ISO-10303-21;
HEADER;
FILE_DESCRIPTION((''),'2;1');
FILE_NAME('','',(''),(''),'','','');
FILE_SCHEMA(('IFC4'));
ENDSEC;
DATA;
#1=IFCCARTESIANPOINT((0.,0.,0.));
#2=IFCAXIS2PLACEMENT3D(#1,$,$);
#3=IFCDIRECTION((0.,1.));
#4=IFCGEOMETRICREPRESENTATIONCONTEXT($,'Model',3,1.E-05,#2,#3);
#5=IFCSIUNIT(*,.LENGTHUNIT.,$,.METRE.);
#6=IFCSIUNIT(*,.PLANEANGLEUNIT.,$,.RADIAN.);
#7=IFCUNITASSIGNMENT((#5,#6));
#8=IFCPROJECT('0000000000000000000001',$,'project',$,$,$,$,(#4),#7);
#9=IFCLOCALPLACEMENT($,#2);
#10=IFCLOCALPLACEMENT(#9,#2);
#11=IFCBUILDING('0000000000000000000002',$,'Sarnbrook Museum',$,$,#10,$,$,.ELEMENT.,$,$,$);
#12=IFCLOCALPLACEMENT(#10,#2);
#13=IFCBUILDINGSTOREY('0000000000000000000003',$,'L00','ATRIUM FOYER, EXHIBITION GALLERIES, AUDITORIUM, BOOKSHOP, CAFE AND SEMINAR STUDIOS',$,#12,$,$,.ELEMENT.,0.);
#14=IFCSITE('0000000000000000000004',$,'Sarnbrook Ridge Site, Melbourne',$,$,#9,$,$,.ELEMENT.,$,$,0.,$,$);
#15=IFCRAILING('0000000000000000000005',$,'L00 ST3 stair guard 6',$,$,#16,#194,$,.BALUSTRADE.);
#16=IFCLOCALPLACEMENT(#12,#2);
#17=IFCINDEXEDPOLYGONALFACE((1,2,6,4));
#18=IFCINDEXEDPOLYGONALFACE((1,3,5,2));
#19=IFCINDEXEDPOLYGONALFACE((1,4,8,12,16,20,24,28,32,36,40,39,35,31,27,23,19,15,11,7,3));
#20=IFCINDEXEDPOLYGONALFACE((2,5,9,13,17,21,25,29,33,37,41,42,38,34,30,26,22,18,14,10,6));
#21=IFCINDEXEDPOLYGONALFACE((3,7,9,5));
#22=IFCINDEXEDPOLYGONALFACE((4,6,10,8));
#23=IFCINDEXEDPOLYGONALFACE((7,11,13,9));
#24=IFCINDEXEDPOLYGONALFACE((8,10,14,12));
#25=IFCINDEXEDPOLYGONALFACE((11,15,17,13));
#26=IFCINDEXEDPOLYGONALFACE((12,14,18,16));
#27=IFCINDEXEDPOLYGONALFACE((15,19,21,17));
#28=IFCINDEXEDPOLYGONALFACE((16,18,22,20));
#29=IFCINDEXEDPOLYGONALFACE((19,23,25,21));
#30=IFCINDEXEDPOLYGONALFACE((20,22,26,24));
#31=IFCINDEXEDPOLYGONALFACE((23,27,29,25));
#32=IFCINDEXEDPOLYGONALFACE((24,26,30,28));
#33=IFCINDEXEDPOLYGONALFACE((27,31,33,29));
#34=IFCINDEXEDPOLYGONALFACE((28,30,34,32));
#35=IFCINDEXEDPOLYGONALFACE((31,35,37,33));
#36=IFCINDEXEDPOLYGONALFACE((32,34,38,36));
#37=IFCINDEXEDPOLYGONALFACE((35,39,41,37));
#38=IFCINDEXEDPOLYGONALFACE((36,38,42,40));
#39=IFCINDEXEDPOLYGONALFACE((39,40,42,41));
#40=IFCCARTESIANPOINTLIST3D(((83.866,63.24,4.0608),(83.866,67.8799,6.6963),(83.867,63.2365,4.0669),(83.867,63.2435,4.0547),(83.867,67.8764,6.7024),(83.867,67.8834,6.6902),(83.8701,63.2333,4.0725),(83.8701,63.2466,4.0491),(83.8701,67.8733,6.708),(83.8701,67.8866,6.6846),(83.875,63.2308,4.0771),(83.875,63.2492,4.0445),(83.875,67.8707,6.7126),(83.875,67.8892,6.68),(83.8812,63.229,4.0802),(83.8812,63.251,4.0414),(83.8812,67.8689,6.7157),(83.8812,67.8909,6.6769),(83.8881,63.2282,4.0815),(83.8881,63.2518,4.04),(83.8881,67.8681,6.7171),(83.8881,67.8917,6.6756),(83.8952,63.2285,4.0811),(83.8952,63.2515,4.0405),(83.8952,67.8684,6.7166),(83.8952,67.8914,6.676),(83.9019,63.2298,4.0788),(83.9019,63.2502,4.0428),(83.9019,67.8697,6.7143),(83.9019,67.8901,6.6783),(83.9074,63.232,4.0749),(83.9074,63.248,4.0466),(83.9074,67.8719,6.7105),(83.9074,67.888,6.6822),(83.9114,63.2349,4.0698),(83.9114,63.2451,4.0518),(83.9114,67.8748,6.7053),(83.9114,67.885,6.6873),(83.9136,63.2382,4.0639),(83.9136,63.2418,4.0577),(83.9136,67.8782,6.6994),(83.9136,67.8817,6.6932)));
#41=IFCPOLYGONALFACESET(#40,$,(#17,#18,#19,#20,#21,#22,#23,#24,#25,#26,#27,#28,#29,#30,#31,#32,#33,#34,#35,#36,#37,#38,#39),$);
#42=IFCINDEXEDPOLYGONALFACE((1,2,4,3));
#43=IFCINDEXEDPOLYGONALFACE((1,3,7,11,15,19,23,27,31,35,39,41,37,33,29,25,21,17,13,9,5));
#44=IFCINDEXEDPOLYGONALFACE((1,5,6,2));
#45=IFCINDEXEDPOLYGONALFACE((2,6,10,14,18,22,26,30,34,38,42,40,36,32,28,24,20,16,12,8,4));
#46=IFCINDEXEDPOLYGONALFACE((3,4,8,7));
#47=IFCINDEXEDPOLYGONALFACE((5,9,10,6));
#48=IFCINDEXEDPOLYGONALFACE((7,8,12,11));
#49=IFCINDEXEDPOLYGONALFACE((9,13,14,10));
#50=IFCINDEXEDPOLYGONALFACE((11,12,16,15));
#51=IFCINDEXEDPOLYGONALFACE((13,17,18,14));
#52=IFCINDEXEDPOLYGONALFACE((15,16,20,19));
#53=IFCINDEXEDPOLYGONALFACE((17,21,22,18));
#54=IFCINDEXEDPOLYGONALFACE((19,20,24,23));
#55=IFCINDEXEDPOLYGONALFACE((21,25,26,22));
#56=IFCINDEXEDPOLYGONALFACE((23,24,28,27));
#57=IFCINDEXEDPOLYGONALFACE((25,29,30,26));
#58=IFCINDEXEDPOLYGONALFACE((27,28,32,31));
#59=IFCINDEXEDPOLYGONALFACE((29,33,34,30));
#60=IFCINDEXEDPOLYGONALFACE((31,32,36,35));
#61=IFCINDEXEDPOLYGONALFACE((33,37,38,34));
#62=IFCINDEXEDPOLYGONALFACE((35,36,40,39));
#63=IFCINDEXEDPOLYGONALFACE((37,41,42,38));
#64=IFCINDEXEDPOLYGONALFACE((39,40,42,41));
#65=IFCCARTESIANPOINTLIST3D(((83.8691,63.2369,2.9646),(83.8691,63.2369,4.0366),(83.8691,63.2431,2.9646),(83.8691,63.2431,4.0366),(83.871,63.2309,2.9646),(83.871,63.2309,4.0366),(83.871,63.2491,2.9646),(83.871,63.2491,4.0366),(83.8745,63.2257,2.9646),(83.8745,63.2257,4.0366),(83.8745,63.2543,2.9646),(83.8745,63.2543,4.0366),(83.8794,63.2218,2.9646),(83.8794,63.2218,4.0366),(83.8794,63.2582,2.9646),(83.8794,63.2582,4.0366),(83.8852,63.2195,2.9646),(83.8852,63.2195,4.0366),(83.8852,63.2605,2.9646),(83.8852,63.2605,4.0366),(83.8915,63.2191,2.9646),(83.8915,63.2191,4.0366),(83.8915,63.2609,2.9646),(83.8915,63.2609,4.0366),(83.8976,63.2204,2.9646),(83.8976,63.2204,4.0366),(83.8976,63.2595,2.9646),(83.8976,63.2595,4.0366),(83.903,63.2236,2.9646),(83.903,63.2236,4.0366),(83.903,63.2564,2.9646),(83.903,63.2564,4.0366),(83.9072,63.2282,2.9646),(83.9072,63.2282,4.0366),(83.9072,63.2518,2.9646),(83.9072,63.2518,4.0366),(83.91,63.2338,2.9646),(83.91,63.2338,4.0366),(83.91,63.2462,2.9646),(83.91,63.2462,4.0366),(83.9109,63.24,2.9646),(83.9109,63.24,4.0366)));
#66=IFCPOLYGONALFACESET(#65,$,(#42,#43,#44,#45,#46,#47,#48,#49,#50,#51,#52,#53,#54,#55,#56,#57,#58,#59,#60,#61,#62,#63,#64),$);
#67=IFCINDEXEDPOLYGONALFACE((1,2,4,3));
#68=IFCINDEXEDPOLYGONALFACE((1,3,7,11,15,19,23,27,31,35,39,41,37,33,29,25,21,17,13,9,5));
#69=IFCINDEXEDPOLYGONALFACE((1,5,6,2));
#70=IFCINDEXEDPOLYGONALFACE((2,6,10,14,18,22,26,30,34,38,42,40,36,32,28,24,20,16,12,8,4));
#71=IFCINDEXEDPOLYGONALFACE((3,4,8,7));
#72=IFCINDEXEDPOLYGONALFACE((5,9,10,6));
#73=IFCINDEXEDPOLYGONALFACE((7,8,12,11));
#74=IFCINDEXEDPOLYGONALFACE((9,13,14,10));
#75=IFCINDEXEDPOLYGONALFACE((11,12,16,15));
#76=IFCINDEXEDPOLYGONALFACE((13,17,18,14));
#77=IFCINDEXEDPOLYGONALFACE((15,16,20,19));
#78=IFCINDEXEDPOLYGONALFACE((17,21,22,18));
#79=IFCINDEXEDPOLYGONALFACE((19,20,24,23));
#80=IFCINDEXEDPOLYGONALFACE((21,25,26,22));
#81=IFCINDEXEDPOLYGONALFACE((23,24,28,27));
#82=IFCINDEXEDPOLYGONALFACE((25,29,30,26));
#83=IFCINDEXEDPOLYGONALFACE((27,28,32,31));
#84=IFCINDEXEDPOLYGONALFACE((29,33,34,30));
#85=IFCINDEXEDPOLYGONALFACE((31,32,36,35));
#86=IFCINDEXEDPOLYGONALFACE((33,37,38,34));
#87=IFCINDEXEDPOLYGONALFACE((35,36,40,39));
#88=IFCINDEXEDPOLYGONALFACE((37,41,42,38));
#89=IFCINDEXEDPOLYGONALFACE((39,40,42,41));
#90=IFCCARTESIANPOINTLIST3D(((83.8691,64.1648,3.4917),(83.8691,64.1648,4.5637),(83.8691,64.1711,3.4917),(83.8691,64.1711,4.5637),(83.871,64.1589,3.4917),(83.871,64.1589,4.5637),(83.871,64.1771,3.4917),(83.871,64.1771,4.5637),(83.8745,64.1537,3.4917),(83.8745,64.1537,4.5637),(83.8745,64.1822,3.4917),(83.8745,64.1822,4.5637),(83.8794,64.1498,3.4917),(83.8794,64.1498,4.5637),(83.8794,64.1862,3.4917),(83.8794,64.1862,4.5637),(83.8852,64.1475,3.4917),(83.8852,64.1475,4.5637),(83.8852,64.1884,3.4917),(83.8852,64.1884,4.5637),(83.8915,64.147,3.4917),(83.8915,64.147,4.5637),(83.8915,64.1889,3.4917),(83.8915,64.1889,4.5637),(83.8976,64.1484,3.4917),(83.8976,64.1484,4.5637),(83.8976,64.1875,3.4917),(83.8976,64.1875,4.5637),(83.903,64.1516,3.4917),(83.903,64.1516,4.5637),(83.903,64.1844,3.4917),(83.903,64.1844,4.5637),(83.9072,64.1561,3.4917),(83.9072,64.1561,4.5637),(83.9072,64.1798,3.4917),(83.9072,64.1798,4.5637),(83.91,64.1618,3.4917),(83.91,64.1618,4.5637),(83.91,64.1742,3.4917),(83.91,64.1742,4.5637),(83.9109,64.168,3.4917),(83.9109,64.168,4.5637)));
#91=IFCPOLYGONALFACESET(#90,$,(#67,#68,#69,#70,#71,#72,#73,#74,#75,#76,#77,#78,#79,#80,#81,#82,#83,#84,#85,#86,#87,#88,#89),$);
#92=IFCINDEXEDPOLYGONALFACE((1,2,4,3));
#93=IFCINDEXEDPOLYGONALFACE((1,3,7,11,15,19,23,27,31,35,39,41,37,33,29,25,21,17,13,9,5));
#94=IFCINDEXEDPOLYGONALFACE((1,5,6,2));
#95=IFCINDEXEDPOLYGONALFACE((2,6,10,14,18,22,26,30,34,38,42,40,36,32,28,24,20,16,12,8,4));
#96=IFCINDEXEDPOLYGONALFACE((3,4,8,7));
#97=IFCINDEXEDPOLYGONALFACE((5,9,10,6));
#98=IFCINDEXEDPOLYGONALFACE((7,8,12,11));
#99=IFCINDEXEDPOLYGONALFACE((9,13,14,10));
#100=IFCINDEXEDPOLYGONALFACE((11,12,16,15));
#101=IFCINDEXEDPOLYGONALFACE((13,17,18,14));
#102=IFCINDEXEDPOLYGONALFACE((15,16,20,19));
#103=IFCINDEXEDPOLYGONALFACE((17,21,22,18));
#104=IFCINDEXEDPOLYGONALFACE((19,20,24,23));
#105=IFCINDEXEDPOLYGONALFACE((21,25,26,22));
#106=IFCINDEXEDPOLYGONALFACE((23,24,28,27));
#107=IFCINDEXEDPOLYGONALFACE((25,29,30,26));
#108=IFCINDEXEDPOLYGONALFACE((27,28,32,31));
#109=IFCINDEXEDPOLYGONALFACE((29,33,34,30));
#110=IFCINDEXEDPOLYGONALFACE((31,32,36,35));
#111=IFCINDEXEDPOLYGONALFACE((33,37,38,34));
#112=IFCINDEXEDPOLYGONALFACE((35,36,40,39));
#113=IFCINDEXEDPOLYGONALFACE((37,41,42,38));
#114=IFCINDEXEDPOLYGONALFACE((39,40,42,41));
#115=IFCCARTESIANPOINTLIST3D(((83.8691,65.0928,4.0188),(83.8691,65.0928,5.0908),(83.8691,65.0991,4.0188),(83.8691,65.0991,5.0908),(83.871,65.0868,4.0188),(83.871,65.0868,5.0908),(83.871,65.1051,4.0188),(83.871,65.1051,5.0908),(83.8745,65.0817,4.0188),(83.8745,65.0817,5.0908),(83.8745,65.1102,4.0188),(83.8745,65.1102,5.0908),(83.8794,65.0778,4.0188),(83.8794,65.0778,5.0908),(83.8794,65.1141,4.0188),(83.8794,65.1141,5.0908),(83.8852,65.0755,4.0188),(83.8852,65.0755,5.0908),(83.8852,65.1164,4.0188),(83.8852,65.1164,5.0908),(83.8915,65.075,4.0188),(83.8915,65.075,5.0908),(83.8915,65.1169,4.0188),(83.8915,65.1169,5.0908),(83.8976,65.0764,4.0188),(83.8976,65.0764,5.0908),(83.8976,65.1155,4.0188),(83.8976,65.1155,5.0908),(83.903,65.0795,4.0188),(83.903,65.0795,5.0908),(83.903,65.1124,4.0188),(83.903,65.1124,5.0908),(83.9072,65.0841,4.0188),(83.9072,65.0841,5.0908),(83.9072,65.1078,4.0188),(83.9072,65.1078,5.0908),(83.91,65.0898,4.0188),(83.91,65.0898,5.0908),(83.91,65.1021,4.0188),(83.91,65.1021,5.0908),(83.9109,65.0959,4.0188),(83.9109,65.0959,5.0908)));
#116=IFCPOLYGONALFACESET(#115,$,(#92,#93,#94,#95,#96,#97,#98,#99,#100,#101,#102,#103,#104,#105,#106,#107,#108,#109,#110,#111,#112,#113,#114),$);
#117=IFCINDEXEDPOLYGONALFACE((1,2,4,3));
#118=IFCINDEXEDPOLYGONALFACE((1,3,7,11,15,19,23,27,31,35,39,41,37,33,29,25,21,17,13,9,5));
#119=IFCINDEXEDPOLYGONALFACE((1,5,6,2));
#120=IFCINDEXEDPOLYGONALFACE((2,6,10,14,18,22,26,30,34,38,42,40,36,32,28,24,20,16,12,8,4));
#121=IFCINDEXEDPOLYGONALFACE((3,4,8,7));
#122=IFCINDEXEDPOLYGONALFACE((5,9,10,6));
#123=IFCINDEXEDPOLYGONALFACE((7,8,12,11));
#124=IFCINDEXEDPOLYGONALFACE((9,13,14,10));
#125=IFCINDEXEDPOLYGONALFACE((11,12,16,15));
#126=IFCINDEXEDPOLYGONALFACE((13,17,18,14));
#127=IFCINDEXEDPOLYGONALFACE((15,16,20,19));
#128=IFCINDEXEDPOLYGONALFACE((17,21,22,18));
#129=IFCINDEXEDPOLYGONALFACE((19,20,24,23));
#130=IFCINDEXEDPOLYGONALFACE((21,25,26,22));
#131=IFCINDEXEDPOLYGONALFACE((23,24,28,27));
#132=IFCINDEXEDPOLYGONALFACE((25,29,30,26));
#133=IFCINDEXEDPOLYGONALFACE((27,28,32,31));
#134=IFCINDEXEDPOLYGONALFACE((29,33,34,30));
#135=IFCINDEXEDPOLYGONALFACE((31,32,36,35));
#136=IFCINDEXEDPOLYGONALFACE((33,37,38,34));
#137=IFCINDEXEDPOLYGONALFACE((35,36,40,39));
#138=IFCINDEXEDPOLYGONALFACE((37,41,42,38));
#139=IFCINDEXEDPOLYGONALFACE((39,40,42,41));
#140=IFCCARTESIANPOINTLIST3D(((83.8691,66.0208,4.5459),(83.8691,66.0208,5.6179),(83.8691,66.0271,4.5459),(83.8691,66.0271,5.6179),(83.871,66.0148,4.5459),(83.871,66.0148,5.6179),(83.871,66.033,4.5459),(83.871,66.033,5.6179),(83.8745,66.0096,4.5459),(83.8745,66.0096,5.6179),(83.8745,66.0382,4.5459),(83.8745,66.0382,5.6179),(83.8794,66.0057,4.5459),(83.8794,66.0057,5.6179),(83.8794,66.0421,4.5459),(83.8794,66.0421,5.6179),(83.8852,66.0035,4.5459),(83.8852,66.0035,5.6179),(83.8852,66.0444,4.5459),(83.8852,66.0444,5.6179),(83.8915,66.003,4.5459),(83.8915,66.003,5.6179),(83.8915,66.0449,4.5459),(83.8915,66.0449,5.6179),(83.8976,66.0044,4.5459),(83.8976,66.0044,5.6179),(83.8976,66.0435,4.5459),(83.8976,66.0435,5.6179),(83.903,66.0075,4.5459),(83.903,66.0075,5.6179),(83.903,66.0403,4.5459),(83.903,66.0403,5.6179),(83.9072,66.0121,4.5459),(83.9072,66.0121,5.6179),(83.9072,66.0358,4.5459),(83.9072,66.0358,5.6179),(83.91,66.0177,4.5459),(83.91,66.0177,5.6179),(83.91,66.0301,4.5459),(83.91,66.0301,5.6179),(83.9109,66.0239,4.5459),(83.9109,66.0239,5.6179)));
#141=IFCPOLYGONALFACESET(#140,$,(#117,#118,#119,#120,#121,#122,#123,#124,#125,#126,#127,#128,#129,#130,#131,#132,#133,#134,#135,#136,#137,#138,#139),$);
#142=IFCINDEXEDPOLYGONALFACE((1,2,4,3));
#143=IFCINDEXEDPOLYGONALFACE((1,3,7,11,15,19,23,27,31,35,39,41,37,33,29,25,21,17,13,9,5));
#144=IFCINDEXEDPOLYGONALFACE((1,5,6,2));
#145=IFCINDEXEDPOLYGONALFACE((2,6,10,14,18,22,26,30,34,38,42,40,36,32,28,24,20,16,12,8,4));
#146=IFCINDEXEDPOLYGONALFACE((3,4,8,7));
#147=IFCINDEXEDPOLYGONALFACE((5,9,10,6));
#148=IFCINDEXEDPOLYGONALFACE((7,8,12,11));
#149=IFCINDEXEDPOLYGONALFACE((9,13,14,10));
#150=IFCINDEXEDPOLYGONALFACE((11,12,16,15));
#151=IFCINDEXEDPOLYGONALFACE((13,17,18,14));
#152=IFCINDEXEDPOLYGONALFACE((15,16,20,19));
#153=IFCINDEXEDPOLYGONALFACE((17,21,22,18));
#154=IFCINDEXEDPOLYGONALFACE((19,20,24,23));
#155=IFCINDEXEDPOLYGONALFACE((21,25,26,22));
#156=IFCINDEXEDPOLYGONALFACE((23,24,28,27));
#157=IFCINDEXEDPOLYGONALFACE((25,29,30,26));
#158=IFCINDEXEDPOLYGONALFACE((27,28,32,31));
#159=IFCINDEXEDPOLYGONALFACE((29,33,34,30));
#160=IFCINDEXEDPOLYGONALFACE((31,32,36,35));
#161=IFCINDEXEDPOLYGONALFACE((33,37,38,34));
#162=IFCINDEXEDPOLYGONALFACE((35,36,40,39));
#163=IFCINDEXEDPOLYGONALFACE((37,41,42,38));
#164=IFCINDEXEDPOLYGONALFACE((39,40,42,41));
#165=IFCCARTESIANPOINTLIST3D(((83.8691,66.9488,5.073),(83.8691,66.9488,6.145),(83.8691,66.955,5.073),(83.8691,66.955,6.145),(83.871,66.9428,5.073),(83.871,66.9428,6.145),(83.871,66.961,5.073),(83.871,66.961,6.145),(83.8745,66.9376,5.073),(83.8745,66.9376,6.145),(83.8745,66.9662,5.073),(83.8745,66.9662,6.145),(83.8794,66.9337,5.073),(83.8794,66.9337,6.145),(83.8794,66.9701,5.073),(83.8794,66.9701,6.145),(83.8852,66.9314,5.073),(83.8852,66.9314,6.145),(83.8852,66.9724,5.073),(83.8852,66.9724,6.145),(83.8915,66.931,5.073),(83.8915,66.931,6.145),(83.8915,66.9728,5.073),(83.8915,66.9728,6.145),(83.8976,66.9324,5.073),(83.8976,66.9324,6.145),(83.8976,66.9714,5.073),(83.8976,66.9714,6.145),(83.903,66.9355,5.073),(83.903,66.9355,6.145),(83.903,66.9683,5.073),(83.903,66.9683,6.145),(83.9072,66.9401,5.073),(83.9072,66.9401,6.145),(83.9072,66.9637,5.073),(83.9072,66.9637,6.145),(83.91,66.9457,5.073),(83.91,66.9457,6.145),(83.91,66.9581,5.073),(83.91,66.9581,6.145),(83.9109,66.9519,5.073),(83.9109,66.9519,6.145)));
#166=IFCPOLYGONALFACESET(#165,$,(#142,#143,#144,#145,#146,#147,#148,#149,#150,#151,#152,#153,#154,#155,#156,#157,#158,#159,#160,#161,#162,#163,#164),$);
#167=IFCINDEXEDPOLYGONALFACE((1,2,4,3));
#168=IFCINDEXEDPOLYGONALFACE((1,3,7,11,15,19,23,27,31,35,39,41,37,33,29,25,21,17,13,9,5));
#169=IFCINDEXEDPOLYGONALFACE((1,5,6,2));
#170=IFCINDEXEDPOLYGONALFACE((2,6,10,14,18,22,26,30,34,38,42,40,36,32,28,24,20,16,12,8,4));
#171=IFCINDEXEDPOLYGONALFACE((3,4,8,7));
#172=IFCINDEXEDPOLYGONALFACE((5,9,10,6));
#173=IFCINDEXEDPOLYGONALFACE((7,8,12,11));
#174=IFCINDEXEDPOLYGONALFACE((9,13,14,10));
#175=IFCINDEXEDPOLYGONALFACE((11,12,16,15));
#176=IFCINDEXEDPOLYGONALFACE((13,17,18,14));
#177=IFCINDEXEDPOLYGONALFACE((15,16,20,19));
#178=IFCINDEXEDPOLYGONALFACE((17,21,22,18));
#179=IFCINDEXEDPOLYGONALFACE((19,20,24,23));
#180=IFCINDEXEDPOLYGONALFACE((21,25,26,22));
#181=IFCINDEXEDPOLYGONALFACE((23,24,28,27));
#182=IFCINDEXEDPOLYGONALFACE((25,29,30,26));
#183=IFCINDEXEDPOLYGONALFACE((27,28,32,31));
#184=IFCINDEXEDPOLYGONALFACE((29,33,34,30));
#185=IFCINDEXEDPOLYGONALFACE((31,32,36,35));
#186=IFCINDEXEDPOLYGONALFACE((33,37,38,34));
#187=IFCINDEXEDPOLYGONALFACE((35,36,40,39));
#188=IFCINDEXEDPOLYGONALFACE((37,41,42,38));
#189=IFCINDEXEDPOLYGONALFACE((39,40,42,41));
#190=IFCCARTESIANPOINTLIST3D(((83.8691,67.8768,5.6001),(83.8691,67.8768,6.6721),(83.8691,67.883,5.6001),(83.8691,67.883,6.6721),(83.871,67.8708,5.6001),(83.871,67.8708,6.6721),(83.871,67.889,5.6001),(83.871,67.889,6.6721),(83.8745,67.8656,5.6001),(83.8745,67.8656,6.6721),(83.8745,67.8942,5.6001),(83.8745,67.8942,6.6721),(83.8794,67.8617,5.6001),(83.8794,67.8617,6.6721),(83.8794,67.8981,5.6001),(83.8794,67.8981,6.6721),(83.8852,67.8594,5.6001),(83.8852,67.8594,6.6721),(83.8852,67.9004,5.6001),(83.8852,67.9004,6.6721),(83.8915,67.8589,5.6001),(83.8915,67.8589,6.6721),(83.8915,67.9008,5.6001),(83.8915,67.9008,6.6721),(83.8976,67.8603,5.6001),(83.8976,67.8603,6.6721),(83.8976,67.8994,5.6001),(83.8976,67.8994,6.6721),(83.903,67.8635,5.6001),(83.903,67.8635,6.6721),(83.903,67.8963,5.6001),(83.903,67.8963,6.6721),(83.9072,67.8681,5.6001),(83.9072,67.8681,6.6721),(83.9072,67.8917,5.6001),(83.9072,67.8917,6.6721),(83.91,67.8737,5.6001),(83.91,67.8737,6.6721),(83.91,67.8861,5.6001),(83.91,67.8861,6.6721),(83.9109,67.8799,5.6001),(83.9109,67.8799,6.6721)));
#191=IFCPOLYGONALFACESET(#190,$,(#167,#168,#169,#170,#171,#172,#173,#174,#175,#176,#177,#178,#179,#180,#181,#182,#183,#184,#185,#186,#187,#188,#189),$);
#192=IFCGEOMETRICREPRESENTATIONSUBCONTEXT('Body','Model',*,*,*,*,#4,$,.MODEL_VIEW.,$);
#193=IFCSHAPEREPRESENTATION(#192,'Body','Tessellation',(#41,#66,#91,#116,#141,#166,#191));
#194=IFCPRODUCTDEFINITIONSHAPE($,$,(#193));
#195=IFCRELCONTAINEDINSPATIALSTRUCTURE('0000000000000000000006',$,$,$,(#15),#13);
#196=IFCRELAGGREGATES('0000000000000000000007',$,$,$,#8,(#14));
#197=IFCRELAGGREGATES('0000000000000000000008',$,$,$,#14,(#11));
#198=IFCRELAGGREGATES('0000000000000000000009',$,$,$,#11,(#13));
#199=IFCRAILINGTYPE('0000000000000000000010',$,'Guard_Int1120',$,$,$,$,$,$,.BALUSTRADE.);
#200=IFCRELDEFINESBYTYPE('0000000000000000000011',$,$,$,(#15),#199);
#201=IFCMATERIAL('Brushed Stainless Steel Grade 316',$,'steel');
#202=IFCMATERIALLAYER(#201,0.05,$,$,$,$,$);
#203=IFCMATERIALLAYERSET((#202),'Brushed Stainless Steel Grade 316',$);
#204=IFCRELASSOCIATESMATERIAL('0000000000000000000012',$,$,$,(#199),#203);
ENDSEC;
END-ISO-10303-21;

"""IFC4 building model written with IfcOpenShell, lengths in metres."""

from ifc_helpers import new_model, si_unit, direction, frame, origin, origin_2d, place, context, subcontext, project, spatial, circle, extrude, material, layer, layer_set, type_object, element, save


model = new_model("IFC4")

# Units and contexts
model_context = context("Model", 3, precision=1e-05, world=origin(), true_north=direction((0.0, 1.0)))
body_context = subcontext(model_context, "Body", "Model", "MODEL_VIEW")
ifc_project = project(units=[si_unit("LENGTHUNIT", "METRE"), si_unit("PLANEANGLEUNIT", "RADIAN")], contexts=[model_context])

# Site, building, storey
site_placement = place(None, origin())
site = spatial("IfcSite", under=ifc_project, at=site_placement, Name="Sarnbrook Ridge Site, Melbourne", CompositionType="ELEMENT", RefElevation=0.0)
building_placement = place(site_placement, origin())
building = spatial("IfcBuilding", under=site, at=building_placement, Name="Sarnbrook Museum", CompositionType="ELEMENT")
storey_placement = place(building_placement, origin())
storey = spatial("IfcBuildingStorey", under=building, at=storey_placement, Name="L00", Description="ATRIUM FOYER, EXHIBITION GALLERIES, AUDITORIUM, BOOKSHOP, CAFE AND SEMINAR STUDIOS", CompositionType="ELEMENT", Elevation=0.0)

# Shared definitions
ifc_material_1 = material(Name="Brushed Stainless Steel Grade 316", Category="steel")

# Railing
ifc_layer_1 = layer(ifc_material_1, 0.05)
ifc_layer_set_1 = layer_set([ifc_layer_1], Name="Brushed Stainless Steel Grade 316")
railing_type_1 = type_object("IfcRailingType", Name="Guard_Int1120", PredefinedType="BALUSTRADE", material=ifc_layer_set_1)
railing_1_placement = place(storey_placement, frame((83.8899, 63.24, 2.9646)))
element("IfcRailing", 1, at=railing_1_placement, inside=storey, type_object=railing_type_1, Name="L00 ST3 stair guard 6", PredefinedType="BALUSTRADE", context=body_context, shape_type="SweptSolid", body=[
    extrude(circle(Radius=0.0239, at=origin_2d()), frame((0.0, 0.0, 1.0962), z_axis=(0.0, 0.869521, 0.493895), x_axis=(-1.0, 0.0, 0.0)), (0.0, 0.0, 1.0), 5.3362),
    extrude(circle(Radius=0.021, at=origin_2d()), origin(), (0.0, 0.0, 1.0), 1.072),
    extrude(circle(Radius=0.021, at=origin_2d()), frame((0.0, 0.928, 0.5271)), (0.0, 0.0, 1.0), 1.072),
    extrude(circle(Radius=0.021, at=origin_2d()), frame((0.0, 1.856, 1.0542)), (0.0, 0.0, 1.0), 1.072),
    extrude(circle(Radius=0.021, at=origin_2d()), frame((0.0, 2.7839, 1.5813)), (0.0, 0.0, 1.0), 1.072),
    extrude(circle(Radius=0.021, at=origin_2d()), frame((0.0, 3.7119, 2.1084)), (0.0, 0.0, 1.0), 1.072),
    extrude(circle(Radius=0.021, at=origin_2d()), frame((0.0, 4.6399, 2.6355)), (0.0, 0.0, 1.0), 1.072),
])

save(model, "model.ifc")
